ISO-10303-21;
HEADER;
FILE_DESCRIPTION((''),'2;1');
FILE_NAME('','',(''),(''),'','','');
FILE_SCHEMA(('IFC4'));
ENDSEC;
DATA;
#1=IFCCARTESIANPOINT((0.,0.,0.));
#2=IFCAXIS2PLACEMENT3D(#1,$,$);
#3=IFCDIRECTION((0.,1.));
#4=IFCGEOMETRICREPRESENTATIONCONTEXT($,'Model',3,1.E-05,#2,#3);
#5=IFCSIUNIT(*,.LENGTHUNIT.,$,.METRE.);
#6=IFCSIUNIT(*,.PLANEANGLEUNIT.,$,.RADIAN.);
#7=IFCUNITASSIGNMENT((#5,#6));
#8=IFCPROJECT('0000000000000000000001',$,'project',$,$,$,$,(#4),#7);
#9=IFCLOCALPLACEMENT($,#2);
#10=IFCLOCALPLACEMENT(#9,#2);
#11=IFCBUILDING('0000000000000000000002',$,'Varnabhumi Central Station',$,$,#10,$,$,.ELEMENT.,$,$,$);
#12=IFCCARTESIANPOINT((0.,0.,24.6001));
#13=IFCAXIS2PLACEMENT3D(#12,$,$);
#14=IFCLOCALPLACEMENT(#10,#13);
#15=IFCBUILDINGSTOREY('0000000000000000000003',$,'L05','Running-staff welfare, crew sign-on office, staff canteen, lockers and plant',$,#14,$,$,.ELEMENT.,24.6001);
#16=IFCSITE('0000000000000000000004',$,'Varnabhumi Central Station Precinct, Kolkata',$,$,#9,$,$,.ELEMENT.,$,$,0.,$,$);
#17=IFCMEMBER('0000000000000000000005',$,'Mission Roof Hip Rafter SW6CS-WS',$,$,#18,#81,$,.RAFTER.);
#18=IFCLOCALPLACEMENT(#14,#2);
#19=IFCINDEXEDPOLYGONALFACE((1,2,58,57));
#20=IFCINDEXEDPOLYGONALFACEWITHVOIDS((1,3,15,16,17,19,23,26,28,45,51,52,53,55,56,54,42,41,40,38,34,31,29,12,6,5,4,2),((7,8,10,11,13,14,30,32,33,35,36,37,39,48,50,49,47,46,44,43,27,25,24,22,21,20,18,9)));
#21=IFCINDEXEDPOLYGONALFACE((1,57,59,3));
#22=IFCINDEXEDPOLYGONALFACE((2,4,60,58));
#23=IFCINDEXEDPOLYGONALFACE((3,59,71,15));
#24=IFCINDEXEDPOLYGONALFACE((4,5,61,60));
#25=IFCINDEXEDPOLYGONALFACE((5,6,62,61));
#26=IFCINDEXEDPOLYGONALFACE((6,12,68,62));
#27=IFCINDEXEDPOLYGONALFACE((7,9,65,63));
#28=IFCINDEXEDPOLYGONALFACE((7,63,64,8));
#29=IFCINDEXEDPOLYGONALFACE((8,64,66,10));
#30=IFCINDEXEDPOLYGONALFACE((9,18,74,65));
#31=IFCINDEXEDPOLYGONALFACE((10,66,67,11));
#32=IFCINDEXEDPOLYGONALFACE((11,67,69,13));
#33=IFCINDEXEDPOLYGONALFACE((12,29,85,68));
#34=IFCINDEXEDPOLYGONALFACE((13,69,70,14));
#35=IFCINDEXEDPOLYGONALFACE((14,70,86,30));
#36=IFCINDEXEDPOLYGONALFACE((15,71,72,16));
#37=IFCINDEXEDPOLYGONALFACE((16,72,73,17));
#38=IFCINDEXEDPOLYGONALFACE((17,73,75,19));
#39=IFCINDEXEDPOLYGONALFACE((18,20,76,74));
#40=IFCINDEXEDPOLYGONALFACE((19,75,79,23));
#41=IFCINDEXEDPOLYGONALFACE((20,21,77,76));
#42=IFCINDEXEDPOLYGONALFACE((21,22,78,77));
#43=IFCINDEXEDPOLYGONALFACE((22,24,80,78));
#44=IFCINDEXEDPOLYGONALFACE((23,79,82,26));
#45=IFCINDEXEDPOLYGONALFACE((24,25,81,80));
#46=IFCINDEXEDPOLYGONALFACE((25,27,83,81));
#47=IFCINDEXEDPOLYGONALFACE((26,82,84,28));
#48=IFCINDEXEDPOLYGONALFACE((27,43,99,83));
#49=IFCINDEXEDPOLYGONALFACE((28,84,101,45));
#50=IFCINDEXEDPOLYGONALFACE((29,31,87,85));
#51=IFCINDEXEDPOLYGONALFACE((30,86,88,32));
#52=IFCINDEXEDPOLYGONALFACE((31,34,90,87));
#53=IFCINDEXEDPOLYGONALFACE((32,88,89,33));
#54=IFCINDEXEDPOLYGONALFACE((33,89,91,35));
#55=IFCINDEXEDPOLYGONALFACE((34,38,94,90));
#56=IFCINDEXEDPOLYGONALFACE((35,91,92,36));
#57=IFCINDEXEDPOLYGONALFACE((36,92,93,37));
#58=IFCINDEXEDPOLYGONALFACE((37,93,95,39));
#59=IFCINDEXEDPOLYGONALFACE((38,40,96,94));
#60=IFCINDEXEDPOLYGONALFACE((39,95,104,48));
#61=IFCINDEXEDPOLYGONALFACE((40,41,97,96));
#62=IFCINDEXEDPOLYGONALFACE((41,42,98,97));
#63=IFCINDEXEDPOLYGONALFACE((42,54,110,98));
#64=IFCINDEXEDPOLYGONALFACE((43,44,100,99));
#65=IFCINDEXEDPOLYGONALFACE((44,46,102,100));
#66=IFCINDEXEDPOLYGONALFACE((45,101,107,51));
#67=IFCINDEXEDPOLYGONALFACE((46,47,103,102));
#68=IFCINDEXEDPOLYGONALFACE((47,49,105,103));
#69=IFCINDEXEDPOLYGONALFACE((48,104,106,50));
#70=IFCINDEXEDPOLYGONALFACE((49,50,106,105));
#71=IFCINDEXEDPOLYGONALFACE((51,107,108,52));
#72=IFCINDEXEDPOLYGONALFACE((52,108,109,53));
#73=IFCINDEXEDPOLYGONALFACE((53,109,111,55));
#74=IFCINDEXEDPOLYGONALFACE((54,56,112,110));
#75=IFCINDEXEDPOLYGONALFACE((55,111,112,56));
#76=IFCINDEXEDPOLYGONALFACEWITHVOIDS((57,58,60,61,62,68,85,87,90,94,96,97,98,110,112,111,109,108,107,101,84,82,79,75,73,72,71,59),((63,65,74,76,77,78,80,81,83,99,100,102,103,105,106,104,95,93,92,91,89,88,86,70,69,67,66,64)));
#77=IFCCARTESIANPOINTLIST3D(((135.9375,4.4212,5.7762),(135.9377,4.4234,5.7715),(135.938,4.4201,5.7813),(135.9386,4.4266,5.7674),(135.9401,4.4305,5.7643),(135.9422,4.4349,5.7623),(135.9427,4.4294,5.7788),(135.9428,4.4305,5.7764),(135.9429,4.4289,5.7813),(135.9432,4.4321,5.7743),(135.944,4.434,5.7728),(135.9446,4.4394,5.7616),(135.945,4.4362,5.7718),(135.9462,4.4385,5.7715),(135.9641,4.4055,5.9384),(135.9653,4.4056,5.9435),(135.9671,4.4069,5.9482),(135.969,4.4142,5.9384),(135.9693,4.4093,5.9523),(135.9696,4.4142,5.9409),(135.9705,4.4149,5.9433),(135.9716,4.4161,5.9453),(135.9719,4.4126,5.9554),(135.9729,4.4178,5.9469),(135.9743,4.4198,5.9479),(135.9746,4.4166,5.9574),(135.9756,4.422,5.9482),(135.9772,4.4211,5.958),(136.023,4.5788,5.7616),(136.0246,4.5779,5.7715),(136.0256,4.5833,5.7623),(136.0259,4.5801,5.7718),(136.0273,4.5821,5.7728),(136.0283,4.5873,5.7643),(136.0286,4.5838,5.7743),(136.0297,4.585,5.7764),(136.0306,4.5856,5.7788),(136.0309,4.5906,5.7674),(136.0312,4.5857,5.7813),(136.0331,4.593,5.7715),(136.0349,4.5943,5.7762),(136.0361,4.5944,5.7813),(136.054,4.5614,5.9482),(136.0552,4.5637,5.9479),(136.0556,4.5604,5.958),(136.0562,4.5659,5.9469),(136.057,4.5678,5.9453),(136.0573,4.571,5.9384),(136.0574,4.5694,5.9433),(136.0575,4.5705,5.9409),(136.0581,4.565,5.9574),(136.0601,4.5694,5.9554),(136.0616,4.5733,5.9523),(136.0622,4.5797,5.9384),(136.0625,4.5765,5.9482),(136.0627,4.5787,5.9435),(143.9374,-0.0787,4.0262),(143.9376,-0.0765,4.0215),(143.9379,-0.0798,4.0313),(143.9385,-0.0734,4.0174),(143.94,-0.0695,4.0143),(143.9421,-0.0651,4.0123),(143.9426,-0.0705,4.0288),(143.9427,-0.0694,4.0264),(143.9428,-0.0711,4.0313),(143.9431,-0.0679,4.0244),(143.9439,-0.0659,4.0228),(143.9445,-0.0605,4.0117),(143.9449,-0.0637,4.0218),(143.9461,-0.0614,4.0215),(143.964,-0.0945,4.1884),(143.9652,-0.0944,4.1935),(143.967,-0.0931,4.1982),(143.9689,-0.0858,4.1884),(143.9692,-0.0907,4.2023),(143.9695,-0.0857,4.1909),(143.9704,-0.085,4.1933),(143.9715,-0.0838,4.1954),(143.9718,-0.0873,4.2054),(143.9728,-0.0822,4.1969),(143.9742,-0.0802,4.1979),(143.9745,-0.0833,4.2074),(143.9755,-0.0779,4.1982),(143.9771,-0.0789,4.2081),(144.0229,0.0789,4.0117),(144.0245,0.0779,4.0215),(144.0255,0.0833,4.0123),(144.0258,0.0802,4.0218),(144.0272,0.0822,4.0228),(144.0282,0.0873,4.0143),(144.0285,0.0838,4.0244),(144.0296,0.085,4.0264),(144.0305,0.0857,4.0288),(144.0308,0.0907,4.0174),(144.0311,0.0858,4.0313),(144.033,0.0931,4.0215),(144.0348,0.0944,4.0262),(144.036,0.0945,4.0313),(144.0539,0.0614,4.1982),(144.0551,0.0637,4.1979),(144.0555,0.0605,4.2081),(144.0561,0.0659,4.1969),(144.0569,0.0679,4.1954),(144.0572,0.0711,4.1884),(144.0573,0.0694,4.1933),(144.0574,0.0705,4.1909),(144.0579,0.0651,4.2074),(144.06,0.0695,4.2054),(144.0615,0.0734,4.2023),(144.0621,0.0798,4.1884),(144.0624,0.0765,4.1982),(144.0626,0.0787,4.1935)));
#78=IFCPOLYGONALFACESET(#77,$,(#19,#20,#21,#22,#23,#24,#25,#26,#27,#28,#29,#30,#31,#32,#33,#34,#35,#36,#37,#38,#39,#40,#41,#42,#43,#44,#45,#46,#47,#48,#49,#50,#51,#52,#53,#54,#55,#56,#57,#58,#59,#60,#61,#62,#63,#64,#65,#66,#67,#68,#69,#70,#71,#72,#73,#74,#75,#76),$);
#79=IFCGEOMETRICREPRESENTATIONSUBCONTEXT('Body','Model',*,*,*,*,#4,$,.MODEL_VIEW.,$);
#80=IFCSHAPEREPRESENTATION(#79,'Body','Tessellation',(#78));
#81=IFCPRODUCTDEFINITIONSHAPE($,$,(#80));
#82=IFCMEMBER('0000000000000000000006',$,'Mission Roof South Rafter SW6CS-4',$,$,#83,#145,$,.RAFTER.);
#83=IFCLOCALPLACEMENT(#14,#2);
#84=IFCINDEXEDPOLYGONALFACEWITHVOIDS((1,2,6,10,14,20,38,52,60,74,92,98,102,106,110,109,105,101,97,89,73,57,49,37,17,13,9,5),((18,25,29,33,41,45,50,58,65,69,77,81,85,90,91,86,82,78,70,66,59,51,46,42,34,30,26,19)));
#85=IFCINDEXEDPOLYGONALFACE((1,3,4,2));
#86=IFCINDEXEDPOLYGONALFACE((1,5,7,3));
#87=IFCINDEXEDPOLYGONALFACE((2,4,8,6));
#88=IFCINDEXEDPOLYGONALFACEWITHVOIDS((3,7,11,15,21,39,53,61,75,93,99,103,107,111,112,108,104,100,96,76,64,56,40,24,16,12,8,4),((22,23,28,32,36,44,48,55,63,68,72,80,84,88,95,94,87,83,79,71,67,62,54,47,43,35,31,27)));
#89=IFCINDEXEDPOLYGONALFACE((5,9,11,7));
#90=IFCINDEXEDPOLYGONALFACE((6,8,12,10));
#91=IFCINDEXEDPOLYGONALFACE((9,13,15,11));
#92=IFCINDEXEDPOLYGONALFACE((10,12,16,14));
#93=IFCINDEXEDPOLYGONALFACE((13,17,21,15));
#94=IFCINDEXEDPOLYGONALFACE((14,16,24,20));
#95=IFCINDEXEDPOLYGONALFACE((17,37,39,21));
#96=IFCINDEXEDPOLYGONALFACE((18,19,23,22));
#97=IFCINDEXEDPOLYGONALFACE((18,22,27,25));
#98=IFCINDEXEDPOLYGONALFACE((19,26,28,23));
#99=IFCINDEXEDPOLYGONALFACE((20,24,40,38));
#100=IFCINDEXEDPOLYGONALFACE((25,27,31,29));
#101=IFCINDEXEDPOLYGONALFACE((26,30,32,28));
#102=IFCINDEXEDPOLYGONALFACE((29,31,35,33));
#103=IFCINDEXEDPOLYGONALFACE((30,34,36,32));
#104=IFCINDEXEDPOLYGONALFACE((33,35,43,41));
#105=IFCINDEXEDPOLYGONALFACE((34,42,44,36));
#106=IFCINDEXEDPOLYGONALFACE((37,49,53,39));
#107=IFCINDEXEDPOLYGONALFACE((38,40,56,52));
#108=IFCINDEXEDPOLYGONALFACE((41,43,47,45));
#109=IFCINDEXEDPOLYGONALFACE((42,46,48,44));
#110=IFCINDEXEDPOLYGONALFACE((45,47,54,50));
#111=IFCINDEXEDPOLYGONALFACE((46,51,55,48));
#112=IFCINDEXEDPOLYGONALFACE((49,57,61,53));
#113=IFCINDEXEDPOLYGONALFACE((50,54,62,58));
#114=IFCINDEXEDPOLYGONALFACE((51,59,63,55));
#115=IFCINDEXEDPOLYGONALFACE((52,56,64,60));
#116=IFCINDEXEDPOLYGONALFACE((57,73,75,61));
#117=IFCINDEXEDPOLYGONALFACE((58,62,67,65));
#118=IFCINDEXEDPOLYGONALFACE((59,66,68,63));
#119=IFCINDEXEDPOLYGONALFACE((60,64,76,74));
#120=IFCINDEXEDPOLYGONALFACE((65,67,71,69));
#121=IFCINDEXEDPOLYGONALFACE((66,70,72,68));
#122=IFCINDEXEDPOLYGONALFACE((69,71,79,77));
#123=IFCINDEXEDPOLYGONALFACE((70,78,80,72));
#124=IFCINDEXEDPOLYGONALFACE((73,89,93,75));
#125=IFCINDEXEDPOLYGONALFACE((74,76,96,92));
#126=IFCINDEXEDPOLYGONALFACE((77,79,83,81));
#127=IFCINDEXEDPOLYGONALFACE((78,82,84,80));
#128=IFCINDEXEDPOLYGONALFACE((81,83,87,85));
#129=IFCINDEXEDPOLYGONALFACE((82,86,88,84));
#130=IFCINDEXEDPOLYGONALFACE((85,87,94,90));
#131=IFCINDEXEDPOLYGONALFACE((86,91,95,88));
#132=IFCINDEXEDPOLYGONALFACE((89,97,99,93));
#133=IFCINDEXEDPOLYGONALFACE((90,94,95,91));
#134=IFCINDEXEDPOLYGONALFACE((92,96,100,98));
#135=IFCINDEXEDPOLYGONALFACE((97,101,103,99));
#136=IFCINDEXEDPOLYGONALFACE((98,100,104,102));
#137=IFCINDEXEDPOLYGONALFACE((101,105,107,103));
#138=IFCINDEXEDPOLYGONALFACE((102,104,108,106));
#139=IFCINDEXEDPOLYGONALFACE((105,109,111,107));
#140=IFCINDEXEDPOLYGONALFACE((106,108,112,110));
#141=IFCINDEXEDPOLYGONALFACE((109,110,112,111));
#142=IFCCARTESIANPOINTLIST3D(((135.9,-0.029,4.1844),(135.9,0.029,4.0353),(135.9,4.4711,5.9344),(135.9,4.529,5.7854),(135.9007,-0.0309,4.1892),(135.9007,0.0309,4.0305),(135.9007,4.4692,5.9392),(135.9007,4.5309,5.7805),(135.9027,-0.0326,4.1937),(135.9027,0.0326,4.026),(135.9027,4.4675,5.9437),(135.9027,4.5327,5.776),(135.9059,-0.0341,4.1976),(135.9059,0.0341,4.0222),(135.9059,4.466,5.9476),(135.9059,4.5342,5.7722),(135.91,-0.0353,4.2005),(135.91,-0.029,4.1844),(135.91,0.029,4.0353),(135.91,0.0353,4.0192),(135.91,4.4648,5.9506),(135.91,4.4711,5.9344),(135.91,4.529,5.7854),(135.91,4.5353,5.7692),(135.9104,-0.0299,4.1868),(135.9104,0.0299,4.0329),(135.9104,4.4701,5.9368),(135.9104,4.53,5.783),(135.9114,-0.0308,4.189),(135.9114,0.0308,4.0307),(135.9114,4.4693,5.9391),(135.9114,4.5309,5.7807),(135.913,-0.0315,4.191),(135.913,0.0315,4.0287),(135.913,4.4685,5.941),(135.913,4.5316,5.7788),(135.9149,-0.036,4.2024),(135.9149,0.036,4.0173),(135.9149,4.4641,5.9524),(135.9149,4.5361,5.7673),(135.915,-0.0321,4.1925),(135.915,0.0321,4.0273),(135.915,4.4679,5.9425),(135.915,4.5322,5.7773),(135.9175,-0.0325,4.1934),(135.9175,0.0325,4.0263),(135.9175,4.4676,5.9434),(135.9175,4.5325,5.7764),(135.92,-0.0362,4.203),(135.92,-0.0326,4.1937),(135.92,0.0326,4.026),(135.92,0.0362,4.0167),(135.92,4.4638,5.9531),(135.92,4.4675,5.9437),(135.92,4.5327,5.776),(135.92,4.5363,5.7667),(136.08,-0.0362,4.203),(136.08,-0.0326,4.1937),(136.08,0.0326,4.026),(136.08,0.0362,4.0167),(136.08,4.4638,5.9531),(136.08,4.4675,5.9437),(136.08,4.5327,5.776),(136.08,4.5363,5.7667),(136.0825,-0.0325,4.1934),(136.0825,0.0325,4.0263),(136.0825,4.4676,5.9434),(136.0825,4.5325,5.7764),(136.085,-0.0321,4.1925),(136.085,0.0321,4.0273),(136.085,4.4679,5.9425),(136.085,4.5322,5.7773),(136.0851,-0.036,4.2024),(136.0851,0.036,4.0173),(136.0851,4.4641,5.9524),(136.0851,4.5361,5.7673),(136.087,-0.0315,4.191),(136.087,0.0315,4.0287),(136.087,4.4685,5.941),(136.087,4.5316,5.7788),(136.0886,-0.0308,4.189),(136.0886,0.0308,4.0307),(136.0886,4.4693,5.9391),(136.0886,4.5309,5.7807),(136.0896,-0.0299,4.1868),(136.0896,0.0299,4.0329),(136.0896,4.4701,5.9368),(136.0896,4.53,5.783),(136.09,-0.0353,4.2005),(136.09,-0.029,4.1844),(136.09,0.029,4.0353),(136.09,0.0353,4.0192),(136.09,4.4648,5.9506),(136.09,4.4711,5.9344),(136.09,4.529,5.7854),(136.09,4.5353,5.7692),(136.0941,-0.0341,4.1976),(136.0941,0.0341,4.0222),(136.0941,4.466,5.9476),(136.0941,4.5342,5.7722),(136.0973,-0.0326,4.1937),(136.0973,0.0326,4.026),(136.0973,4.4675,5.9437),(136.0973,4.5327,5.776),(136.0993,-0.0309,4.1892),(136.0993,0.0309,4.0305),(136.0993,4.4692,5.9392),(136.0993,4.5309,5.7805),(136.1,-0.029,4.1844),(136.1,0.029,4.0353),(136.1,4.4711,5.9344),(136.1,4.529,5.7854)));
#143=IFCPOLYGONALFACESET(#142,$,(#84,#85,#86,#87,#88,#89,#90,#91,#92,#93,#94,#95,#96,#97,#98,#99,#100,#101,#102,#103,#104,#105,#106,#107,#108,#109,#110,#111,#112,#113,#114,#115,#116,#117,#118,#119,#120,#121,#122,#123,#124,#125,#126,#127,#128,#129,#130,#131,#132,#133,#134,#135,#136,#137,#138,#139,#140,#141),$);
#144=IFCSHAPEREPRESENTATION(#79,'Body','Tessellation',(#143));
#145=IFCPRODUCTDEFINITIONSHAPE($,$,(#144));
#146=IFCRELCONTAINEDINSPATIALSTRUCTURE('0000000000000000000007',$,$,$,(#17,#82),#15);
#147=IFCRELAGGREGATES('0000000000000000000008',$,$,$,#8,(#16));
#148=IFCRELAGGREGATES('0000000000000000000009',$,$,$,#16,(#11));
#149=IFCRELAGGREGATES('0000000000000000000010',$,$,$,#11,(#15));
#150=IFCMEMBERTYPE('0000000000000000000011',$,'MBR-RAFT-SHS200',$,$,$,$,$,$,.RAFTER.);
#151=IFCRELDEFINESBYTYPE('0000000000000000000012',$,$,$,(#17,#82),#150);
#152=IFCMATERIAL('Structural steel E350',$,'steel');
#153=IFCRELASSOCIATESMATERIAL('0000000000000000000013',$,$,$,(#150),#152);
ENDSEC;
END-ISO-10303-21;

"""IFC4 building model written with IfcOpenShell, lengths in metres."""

from ifc_helpers import new_model, si_unit, direction, frame, origin, origin_2d, place, context, subcontext, project, spatial, hollow_rectangle, extrude, material, material_profile, profile_set, type_object, element, save


model = new_model("IFC4")

# Units and contexts
model_context = context("Model", 3, precision=1e-05, world=origin(), true_north=direction((0.0, 1.0)))
body_context = subcontext(model_context, "Body", "Model", "MODEL_VIEW")
ifc_project = project(units=[si_unit("LENGTHUNIT", "METRE"), si_unit("PLANEANGLEUNIT", "RADIAN")], contexts=[model_context])

# Site, building, storey
site_placement = place(None, origin())
site = spatial("IfcSite", under=ifc_project, at=site_placement, Name="Varnabhumi Central Station Precinct, Kolkata", CompositionType="ELEMENT", RefElevation=0.0)
building_placement = place(site_placement, origin())
building = spatial("IfcBuilding", under=site, at=building_placement, Name="Varnabhumi Central Station", CompositionType="ELEMENT")
storey_placement = place(building_placement, frame((0.0, 0.0, 24.6001)))
storey = spatial("IfcBuildingStorey", under=building, at=storey_placement, Name="L05", Description="Running-staff welfare, crew sign-on office, staff canteen, lockers and plant", CompositionType="ELEMENT", Elevation=24.6001)

# Shared definitions
ifc_material_1 = material(Name="Structural steel E350", Category="steel")

# Members
ifc_material_profile_1 = material_profile(ifc_material_1, hollow_rectangle(XDim=0.2, YDim=0.2, WallThickness=0.01, InnerFilletRadius=0.01, OuterFilletRadius=0.02, at=origin_2d()), Name="Structural steel E350", Category="steel")
ifc_profile_set_1 = profile_set([ifc_material_profile_1], Name="Structural steel E350")
member_type_1 = type_object("IfcMemberType", Name="MBR-RAFT-SHS200", PredefinedType="RAFTER", material=ifc_profile_set_1)
member_1_placement = place(storey_placement, frame((144.0, 0.0, 4.1099), z_axis=(-0.856154, 0.481586, 0.187284), x_axis=(-0.490261, -0.871576, 0.0)))
element("IfcMember", 1, at=member_1_placement, inside=storey, type_object=member_type_1, Name="Mission Roof Hip Rafter SW6CS-WS", PredefinedType="RAFTER", context=body_context, shape_type="SweptSolid", body=[
    extrude(hollow_rectangle(XDim=0.2, YDim=0.2, WallThickness=0.01, InnerFilletRadius=0.01, OuterFilletRadius=0.02, at=origin_2d()), origin(), (0.0, 0.0, 1.0), 9.344),
])
for number, where, z_axis, x_axis, name in (
    (2, (136.0, 0.0, 4.1099), (0.0, 0.932005, 0.362446), (-1.0, 0.0, 0.0), "Mission Roof South Rafter SW6CS-4"),
):
    element("IfcMember", number, at=place(storey_placement, frame(where, z_axis=z_axis, x_axis=x_axis)), inside=storey, type_object=member_type_1, Name=name, PredefinedType="RAFTER", context=body_context, shape_type="SweptSolid", body=[
        extrude(hollow_rectangle(XDim=0.2, YDim=0.2, WallThickness=0.01, InnerFilletRadius=0.01, OuterFilletRadius=0.02, at=origin_2d()), origin(), (0.0, 0.0, 1.0), 4.8284),
    ])

save(model, "model.ifc")
